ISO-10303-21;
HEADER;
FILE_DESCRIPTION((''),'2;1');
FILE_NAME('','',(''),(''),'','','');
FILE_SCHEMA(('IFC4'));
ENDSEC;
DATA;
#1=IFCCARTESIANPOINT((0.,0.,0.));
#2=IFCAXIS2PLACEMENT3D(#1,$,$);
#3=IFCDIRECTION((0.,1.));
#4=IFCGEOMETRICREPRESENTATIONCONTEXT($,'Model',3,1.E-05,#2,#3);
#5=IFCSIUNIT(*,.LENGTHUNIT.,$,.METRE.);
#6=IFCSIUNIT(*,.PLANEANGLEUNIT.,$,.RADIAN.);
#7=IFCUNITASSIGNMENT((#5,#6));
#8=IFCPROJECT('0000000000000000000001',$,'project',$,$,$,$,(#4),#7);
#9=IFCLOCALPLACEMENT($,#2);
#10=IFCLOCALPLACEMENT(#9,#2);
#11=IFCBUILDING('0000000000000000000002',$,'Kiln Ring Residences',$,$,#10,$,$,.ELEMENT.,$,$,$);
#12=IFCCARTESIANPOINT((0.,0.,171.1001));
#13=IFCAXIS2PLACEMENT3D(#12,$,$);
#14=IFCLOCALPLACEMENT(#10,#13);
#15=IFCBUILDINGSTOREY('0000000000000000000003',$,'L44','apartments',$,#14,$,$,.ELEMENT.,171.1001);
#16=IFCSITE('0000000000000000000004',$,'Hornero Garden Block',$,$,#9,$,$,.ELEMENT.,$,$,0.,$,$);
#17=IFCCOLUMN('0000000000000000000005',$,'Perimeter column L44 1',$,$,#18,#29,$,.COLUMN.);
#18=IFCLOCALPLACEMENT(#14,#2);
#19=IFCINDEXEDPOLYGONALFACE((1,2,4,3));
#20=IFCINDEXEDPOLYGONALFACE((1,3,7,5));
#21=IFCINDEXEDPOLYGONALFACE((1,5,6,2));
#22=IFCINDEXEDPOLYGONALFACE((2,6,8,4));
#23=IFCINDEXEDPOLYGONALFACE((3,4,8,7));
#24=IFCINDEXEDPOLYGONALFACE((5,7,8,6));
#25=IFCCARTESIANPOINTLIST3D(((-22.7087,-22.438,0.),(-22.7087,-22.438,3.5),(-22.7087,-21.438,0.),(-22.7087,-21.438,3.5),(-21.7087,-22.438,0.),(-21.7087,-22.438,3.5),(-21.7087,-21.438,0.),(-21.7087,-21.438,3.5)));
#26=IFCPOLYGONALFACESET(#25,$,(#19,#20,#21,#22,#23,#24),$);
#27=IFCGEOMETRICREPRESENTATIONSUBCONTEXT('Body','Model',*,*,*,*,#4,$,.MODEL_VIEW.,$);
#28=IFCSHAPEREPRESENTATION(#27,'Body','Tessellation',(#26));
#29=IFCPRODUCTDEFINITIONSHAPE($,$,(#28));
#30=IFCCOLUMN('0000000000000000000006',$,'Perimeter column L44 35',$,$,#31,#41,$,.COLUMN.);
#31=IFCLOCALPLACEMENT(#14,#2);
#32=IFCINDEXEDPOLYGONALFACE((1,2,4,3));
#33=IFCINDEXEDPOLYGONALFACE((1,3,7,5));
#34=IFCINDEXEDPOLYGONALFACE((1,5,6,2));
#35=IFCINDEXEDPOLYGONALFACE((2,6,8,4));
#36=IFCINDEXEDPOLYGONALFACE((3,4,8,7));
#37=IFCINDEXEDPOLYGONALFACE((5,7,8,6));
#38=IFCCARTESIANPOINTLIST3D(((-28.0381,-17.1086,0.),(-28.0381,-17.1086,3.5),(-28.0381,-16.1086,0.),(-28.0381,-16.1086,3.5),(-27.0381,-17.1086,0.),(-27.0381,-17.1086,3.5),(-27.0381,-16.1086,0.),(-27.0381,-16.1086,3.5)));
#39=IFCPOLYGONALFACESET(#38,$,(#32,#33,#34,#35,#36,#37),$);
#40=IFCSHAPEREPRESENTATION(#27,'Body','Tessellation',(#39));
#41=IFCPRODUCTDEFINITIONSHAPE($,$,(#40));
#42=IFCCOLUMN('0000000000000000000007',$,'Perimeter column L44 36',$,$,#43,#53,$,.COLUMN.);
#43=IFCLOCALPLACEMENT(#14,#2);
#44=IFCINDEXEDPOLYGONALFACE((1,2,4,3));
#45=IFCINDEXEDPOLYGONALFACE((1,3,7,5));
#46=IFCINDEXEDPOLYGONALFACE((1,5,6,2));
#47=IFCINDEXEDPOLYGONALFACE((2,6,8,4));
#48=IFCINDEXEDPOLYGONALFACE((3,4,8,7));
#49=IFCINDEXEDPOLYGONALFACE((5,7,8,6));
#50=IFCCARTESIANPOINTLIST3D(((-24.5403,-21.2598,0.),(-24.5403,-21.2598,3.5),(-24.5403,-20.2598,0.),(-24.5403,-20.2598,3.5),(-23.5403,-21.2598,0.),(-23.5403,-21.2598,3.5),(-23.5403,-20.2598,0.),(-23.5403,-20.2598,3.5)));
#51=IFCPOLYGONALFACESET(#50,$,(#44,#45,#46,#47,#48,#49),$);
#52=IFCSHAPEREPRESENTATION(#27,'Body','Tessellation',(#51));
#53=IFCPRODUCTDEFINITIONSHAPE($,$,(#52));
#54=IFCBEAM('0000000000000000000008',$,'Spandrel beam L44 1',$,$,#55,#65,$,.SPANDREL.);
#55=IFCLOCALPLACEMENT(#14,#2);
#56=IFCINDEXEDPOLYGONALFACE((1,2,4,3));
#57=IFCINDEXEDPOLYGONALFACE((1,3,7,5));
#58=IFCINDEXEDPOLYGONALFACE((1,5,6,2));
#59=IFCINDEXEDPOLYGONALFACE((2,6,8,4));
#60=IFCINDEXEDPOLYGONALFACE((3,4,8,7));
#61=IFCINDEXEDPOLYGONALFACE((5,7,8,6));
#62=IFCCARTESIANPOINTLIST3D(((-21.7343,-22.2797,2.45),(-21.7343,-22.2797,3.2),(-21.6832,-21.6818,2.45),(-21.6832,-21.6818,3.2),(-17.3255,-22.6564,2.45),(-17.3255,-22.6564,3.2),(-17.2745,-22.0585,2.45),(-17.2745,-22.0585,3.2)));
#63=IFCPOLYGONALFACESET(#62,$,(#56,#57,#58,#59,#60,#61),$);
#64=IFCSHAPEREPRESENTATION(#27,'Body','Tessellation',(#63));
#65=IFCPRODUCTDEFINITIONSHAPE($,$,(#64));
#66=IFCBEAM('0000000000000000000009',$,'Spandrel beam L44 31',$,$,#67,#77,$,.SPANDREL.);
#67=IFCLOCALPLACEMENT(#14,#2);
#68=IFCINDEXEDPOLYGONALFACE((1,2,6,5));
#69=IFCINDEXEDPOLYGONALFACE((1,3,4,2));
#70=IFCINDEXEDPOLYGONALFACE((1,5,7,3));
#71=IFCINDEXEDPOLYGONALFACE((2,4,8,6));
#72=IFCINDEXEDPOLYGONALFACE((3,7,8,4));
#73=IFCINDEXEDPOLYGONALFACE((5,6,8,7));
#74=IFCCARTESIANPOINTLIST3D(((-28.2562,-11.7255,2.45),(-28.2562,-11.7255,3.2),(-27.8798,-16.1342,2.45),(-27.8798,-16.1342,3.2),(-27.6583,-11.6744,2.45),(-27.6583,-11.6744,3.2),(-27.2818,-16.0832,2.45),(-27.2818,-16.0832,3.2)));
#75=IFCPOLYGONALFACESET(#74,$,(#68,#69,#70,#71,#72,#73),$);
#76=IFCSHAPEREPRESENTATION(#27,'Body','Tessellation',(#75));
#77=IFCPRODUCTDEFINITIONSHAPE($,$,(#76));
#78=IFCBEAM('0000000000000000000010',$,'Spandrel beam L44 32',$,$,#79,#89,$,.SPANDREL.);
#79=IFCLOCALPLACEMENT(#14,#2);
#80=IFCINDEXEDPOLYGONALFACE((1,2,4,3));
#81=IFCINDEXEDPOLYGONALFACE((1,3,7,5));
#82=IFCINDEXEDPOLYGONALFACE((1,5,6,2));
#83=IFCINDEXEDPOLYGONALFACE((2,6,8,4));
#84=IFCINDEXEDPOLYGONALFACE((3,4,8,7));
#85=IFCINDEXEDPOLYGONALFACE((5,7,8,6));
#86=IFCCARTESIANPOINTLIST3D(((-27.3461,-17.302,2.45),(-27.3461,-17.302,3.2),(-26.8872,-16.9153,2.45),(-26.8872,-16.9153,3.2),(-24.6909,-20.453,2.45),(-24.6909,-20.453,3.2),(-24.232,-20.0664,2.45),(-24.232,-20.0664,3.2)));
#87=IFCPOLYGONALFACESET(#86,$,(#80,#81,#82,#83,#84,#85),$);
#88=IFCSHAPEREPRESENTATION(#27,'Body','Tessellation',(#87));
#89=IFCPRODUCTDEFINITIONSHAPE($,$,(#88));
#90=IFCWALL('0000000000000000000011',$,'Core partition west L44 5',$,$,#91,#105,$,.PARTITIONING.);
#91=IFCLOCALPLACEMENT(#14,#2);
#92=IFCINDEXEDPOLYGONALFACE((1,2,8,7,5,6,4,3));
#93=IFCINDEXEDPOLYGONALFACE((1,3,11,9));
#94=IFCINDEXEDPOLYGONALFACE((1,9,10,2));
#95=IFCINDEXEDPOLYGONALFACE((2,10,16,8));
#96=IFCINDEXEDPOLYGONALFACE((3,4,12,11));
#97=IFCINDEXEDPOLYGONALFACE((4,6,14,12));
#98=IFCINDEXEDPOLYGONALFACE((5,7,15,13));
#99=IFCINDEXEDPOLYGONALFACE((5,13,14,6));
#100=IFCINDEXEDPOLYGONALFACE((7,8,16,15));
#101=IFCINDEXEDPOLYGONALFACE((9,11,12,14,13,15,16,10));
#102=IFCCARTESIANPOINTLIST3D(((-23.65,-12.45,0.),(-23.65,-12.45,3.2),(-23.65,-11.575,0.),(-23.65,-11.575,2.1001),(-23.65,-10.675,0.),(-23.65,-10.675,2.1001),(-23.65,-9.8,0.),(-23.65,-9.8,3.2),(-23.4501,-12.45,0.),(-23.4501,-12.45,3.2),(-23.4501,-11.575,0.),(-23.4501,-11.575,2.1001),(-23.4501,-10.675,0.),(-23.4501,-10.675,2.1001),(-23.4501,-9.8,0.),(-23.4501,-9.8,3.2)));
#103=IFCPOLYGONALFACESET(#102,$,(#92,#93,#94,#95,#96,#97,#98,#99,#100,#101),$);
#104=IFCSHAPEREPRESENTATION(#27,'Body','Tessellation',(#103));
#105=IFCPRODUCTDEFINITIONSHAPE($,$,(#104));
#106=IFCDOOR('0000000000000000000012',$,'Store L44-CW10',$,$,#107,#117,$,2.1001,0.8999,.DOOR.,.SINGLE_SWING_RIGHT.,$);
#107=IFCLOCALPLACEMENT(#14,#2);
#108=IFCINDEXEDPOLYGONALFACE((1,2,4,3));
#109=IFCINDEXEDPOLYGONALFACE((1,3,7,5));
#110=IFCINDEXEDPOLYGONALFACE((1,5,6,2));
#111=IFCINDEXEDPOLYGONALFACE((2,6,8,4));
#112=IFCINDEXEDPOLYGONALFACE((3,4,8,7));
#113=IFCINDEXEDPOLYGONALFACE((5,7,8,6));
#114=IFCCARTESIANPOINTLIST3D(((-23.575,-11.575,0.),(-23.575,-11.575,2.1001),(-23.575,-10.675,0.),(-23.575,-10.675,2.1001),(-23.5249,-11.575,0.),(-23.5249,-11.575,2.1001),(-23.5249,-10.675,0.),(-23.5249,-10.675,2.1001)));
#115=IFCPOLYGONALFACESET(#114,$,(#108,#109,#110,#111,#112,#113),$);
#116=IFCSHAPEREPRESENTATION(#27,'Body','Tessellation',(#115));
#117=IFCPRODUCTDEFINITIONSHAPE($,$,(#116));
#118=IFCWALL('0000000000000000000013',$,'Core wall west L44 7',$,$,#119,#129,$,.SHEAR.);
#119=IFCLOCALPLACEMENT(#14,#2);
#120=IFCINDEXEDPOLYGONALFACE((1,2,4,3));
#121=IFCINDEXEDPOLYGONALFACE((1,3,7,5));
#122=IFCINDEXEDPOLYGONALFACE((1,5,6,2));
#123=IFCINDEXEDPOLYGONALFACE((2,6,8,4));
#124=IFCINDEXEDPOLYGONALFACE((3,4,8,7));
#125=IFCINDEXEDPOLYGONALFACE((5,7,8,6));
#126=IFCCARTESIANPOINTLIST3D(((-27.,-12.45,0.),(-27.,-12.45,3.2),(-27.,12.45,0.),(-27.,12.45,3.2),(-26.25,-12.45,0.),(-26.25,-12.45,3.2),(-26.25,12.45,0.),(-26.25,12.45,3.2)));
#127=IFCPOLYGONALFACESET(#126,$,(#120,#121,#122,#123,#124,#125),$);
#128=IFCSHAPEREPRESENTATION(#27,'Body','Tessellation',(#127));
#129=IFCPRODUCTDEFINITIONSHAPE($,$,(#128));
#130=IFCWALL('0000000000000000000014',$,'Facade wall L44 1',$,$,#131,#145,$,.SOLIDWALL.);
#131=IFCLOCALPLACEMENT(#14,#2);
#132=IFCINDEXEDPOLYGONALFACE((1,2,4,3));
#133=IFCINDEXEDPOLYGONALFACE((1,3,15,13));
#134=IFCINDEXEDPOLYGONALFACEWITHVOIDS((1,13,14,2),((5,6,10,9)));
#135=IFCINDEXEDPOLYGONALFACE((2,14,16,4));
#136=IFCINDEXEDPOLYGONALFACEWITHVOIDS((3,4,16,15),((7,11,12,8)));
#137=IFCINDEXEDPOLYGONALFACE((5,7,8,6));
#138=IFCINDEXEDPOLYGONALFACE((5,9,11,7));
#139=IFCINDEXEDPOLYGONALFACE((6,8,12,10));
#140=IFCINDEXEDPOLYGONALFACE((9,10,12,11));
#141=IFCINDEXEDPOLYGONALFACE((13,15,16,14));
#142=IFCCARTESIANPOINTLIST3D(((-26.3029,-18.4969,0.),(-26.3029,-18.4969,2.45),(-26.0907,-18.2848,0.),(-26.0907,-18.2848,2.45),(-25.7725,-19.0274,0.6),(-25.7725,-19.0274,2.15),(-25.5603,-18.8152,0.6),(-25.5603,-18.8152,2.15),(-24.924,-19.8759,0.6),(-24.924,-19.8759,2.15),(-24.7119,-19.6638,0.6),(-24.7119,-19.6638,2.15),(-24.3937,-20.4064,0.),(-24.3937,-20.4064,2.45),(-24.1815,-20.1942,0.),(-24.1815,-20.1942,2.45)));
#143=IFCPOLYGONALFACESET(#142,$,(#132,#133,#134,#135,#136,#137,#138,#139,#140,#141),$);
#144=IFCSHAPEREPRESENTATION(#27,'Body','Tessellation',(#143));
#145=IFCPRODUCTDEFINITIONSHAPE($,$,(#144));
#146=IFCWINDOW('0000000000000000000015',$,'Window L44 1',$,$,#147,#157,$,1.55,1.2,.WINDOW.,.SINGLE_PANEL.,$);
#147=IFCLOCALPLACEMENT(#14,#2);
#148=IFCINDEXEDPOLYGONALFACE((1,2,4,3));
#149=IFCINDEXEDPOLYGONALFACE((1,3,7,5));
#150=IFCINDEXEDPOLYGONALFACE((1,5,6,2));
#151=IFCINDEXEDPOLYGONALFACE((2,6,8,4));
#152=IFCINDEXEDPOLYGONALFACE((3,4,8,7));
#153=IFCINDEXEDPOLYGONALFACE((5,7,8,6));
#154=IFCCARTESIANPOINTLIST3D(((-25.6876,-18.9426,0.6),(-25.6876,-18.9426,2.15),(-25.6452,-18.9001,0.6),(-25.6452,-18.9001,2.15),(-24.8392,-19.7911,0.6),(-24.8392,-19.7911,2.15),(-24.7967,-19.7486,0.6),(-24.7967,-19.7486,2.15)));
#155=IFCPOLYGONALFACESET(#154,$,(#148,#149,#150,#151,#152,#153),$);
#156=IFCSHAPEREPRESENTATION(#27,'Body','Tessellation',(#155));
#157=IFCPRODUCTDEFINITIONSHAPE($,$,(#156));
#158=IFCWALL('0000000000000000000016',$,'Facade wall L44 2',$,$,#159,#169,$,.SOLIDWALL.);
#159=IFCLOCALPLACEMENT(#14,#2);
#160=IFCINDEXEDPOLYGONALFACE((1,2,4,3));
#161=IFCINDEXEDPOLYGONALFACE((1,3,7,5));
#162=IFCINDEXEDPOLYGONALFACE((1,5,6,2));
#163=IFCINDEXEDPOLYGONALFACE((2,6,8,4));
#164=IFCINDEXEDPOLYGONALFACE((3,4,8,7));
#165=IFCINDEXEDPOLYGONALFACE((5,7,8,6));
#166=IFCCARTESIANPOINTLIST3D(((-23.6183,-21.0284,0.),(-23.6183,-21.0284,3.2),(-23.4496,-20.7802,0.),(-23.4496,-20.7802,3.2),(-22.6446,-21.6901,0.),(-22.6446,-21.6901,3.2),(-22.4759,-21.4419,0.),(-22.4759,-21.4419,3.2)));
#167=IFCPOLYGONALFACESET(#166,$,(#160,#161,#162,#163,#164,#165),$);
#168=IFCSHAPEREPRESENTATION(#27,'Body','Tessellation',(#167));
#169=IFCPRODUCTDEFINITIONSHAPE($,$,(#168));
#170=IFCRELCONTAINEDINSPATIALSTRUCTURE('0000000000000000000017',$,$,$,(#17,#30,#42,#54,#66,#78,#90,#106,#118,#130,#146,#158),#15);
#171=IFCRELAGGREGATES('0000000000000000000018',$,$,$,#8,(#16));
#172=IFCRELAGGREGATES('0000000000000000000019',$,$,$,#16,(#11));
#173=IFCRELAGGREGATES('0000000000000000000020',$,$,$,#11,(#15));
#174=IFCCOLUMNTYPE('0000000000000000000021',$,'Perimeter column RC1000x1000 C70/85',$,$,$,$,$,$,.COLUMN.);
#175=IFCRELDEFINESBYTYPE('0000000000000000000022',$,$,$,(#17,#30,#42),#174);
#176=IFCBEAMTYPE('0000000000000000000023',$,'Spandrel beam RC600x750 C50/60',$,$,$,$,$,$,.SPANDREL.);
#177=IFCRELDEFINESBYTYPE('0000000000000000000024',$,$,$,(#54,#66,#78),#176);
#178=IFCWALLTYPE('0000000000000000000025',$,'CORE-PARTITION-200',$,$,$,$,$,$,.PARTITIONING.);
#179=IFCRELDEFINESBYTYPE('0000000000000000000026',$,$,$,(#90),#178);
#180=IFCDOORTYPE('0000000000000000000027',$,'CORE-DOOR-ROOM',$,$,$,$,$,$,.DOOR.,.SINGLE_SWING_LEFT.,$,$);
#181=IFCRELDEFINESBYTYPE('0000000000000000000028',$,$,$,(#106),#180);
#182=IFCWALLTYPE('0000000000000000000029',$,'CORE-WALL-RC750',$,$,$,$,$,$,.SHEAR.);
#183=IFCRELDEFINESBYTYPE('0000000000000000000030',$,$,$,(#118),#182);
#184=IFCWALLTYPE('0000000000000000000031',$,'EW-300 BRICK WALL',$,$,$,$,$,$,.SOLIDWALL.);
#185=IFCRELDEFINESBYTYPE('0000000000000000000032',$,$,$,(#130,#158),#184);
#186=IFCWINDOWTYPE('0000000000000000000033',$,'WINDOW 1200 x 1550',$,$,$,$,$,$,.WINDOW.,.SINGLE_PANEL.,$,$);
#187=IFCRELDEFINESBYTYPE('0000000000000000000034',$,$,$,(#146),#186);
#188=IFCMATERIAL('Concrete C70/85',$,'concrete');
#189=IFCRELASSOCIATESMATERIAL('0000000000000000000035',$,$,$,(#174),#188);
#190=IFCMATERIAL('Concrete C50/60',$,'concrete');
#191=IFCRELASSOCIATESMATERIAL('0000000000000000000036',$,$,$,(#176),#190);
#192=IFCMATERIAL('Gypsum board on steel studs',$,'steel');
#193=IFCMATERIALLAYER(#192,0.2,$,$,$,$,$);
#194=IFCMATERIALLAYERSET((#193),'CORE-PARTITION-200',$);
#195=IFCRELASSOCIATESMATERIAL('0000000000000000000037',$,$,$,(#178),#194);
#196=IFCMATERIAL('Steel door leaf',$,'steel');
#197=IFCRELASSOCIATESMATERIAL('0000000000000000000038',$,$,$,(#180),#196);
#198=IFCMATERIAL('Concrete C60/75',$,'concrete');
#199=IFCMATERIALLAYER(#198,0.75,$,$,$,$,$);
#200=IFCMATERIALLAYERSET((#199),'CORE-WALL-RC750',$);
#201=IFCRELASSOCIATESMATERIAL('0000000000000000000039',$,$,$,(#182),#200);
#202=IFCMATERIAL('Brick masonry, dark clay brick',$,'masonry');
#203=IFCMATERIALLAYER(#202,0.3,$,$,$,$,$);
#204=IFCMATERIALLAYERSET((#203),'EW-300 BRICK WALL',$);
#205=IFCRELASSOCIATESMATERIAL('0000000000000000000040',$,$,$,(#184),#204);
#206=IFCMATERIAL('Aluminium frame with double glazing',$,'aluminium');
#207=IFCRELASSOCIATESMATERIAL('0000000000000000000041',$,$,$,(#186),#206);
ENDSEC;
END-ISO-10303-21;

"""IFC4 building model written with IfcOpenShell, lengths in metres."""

from ifc_helpers import new_model, si_unit, direction, frame, frame_2d, origin, origin_2d, place, context, subcontext, project, spatial, rectangle, extrude, material, layer, layer_set, material_profile, profile_set, type_object, element, fill, save


model = new_model("IFC4")

# Units and contexts
model_context = context("Model", 3, precision=1e-05, world=origin(), true_north=direction((0.0, 1.0)))
body_context = subcontext(model_context, "Body", "Model", "MODEL_VIEW")
ifc_project = project(units=[si_unit("LENGTHUNIT", "METRE"), si_unit("PLANEANGLEUNIT", "RADIAN")], contexts=[model_context])

# Site, building, storey
site_placement = place(None, origin())
site = spatial("IfcSite", under=ifc_project, at=site_placement, Name="Hornero Garden Block", CompositionType="ELEMENT", RefElevation=0.0)
building_placement = place(site_placement, origin())
building = spatial("IfcBuilding", under=site, at=building_placement, Name="Kiln Ring Residences", CompositionType="ELEMENT")
storey_placement = place(building_placement, frame((0.0, 0.0, 171.1001)))
storey = spatial("IfcBuildingStorey", under=building, at=storey_placement, Name="L44", Description="apartments", CompositionType="ELEMENT", Elevation=171.1001)

# Columns
ifc_material_1 = material(Name="Concrete C70/85", Category="concrete")
ifc_material_profile_1 = material_profile(ifc_material_1, rectangle(XDim=1.0, YDim=1.0, at=origin_2d()), Name="RC1000x1000")
ifc_profile_set_1 = profile_set([ifc_material_profile_1], Name="Concrete C70/85")
column_type = type_object("IfcColumnType", Name="Perimeter column RC1000x1000 C70/85", PredefinedType="COLUMN", material=ifc_profile_set_1)
for number, where, z_axis, x_axis, name in (
    (1, (-22.2087, -21.938, 0.0), (0.0, 0.0, 1.0), (1.0, 0.0, 0.0), "Perimeter column L44 1"),
    (2, (-27.5381, -16.6086, 0.0), (0.0, 0.0, 1.0), (1.0, 0.0, 0.0), "Perimeter column L44 35"),
    (3, (-24.0403, -20.7598, 0.0), (0.0, 0.0, 1.0), (1.0, 0.0, 0.0), "Perimeter column L44 36"),
):
    element("IfcColumn", number, at=place(storey_placement, frame(where, z_axis=z_axis, x_axis=x_axis)), inside=storey, type_object=column_type, Name=name, PredefinedType="COLUMN", context=body_context, shape_type="SweptSolid", body=[
        extrude(rectangle(XDim=1.0, YDim=1.0, at=origin_2d()), origin(), (0.0, 0.0, 1.0), 3.5),
    ])

# Beams
ifc_material_2 = material(Name="Concrete C50/60", Category="concrete")
ifc_material_profile_2 = material_profile(ifc_material_2, rectangle(XDim=0.6001, YDim=0.75, at=origin_2d()), Name="RC600x750")
ifc_profile_set_2 = profile_set([ifc_material_profile_2], Name="Concrete C50/60")
beam_type = type_object("IfcBeamType", Name="Spandrel beam RC600x750 C50/60", PredefinedType="SPANDREL", material=ifc_profile_set_2)
for number, where, z_axis, x_axis, name in (
    (4, (-21.7087, -21.9807, 2.825), (0.996369, -0.085137, 0.0), (0.085137, 0.996369, 0.0), "Spandrel beam L44 1"),
    (5, (-27.9573, -11.7, 2.825), (0.085082, -0.996374, 0.0), (0.996374, 0.085082, 0.0), "Spandrel beam L44 31"),
):
    element("IfcBeam", number, at=place(storey_placement, frame(where, z_axis=z_axis, x_axis=x_axis)), inside=storey, type_object=beam_type, Name=name, PredefinedType="SPANDREL", context=body_context, shape_type="SweptSolid", body=[
        extrude(rectangle(XDim=0.6001, YDim=0.75, at=origin_2d()), origin(), (0.0, 0.0, 1.0), 4.4248),
    ])
beam_placement = place(storey_placement, frame((-27.1167, -17.1086, 2.825), z_axis=(0.644377, -0.764708, 0.0), x_axis=(0.764708, 0.644377, 0.0)))
element("IfcBeam", 6, at=beam_placement, inside=storey, type_object=beam_type, Name="Spandrel beam L44 32", PredefinedType="SPANDREL", context=body_context, shape_type="SweptSolid", body=[
    extrude(rectangle(XDim=0.6001, YDim=0.75, at=origin_2d()), origin(), (0.0, 0.0, 1.0), 4.1206),
])

# Wall, opening, door
ifc_material_3 = material(Name="Gypsum board on steel studs", Category="steel")
ifc_layer_1 = layer(ifc_material_3, 0.2)
ifc_layer_set_1 = layer_set([ifc_layer_1], Name="CORE-PARTITION-200")
wall_type_1 = type_object("IfcWallType", Name="CORE-PARTITION-200", PredefinedType="PARTITIONING", material=ifc_layer_set_1)
wall_1_placement = place(storey_placement, frame((-23.55, -12.45, 0.0), z_axis=(0.0, 0.0, 1.0), x_axis=(0.0, 1.0, 0.0)))
wall_1 = element("IfcWall", 7, at=wall_1_placement, inside=storey, type_object=wall_type_1, Name="Core partition west L44 5", PredefinedType="PARTITIONING", context=body_context, shape_type="SweptSolid", body=[
    extrude(rectangle(XDim=2.6499, YDim=0.2, at=frame_2d((1.325, 0.0))), origin(), (0.0, 0.0, 1.0), 3.2),
])
opening_1_placement = place(wall_1_placement, frame((0.875, 0.0, 0.0)))
opening_1 = element("IfcOpeningElement", 8, at=opening_1_placement, cuts=wall_1, PredefinedType="OPENING", context=body_context, shape_type="SweptSolid", body=[
    extrude(rectangle(XDim=0.8999, YDim=2.1001, at=frame_2d((0.45, 1.05))), frame((0.0, 0.1099, 0.0), z_axis=(0.0, -1.0, 0.0), x_axis=(1.0, 0.0, 0.0)), (0.0, 0.0, 1.0), 0.22),
])
ifc_material_4 = material(Name="Steel door leaf", Category="steel")
door_type_1 = type_object("IfcDoorType", Name="CORE-DOOR-ROOM", OperationType="SINGLE_SWING_LEFT", PredefinedType="DOOR", material=ifc_material_4)
door_1_placement = place(opening_1_placement, origin())
door_1 = element("IfcDoor", 9, at=door_1_placement, inside=storey, type_object=door_type_1, Name="Store L44-CW10", OperationType="SINGLE_SWING_RIGHT", OverallHeight=2.1001, OverallWidth=0.8999, PredefinedType="DOOR", context=body_context, shape_type="SweptSolid", body=[
    extrude(rectangle(XDim=0.8999, YDim=2.1001, at=frame_2d((0.45, 1.05))), frame((0.0, 0.0249, 0.0), z_axis=(0.0, -1.0, 0.0), x_axis=(1.0, 0.0, 0.0)), (0.0, 0.0, 1.0), 0.05),
])
fill(opening_1, door_1)

# Wall
ifc_material_5 = material(Name="Concrete C60/75", Category="concrete")
ifc_layer_2 = layer(ifc_material_5, 0.75)
ifc_layer_set_2 = layer_set([ifc_layer_2], Name="CORE-WALL-RC750")
wall_type_2 = type_object("IfcWallType", Name="CORE-WALL-RC750", PredefinedType="SHEAR", material=ifc_layer_set_2)
wall_2_placement = place(storey_placement, frame((-26.625, -12.45, 0.0), z_axis=(0.0, 0.0, 1.0), x_axis=(0.0, 1.0, 0.0)))
element("IfcWall", 10, at=wall_2_placement, inside=storey, type_object=wall_type_2, Name="Core wall west L44 7", PredefinedType="SHEAR", context=body_context, shape_type="SweptSolid", body=[
    extrude(rectangle(XDim=24.8999, YDim=0.75, at=frame_2d((12.45, 0.0))), origin(), (0.0, 0.0, 1.0), 3.2),
])

# Wall, opening, window
ifc_material_6 = material(Name="Brick masonry, dark clay brick", Category="masonry")
ifc_layer_3 = layer(ifc_material_6, 0.3)
ifc_layer_set_3 = layer_set([ifc_layer_3], Name="EW-300 BRICK WALL")
wall_type_3 = type_object("IfcWallType", Name="EW-300 BRICK WALL", PredefinedType="SOLIDWALL", material=ifc_layer_set_3)
wall_3_placement = place(storey_placement, frame((-26.1968, -18.3909, 0.0), z_axis=(0.0, 0.0, 1.0), x_axis=(0.707062, -0.707152, 0.0)))
wall_3 = element("IfcWall", 11, at=wall_3_placement, inside=storey, type_object=wall_type_3, Name="Facade wall L44 1", PredefinedType="SOLIDWALL", context=body_context, shape_type="SweptSolid", body=[
    extrude(rectangle(XDim=2.7002, YDim=0.3, at=frame_2d((1.3501, 0.0))), origin(), (0.0, 0.0, 1.0), 2.45),
])
opening_2_placement = place(wall_3_placement, frame((0.75, 0.0, 0.6001)))
opening_2 = element("IfcOpeningElement", 12, at=opening_2_placement, cuts=wall_3, PredefinedType="OPENING", context=body_context, shape_type="SweptSolid", body=[
    extrude(rectangle(XDim=1.2, YDim=1.55, at=frame_2d((0.6001, 0.7749))), frame((0.0, 0.1599, 0.0), z_axis=(0.0, -1.0, 0.0), x_axis=(1.0, 0.0, 0.0)), (0.0, 0.0, 1.0), 0.3201),
])
ifc_material_7 = material(Name="Aluminium frame with double glazing", Category="aluminium")
window_type_1 = type_object("IfcWindowType", Name="WINDOW 1200 x 1550", PartitioningType="SINGLE_PANEL", PredefinedType="WINDOW", material=ifc_material_7)
window_1_placement = place(opening_2_placement, origin())
window_1 = element("IfcWindow", 13, at=window_1_placement, inside=storey, type_object=window_type_1, Name="Window L44 1", OverallHeight=1.55, OverallWidth=1.2, PartitioningType="SINGLE_PANEL", PredefinedType="WINDOW", context=body_context, shape_type="SweptSolid", body=[
    extrude(rectangle(XDim=1.2, YDim=1.55, at=frame_2d((0.6001, 0.7749))), frame((0.0, 0.03, 0.0), z_axis=(0.0, -1.0, 0.0), x_axis=(1.0, 0.0, 0.0)), (0.0, 0.0, 1.0), 0.0601),
])
fill(opening_2, window_1)

# Wall
wall_4_placement = place(storey_placement, frame((-23.5339, -20.9043, 0.0), z_axis=(0.0, 0.0, 1.0), x_axis=(0.827104, -0.562049, 0.0)))
element("IfcWall", 14, at=wall_4_placement, inside=storey, type_object=wall_type_3, Name="Facade wall L44 2", PredefinedType="SOLIDWALL", context=body_context, shape_type="SweptSolid", body=[
    extrude(rectangle(XDim=1.1772, YDim=0.3, at=frame_2d((0.5886, 0.0))), origin(), (0.0, 0.0, 1.0), 3.2),
])

save(model, "model.ifc")
